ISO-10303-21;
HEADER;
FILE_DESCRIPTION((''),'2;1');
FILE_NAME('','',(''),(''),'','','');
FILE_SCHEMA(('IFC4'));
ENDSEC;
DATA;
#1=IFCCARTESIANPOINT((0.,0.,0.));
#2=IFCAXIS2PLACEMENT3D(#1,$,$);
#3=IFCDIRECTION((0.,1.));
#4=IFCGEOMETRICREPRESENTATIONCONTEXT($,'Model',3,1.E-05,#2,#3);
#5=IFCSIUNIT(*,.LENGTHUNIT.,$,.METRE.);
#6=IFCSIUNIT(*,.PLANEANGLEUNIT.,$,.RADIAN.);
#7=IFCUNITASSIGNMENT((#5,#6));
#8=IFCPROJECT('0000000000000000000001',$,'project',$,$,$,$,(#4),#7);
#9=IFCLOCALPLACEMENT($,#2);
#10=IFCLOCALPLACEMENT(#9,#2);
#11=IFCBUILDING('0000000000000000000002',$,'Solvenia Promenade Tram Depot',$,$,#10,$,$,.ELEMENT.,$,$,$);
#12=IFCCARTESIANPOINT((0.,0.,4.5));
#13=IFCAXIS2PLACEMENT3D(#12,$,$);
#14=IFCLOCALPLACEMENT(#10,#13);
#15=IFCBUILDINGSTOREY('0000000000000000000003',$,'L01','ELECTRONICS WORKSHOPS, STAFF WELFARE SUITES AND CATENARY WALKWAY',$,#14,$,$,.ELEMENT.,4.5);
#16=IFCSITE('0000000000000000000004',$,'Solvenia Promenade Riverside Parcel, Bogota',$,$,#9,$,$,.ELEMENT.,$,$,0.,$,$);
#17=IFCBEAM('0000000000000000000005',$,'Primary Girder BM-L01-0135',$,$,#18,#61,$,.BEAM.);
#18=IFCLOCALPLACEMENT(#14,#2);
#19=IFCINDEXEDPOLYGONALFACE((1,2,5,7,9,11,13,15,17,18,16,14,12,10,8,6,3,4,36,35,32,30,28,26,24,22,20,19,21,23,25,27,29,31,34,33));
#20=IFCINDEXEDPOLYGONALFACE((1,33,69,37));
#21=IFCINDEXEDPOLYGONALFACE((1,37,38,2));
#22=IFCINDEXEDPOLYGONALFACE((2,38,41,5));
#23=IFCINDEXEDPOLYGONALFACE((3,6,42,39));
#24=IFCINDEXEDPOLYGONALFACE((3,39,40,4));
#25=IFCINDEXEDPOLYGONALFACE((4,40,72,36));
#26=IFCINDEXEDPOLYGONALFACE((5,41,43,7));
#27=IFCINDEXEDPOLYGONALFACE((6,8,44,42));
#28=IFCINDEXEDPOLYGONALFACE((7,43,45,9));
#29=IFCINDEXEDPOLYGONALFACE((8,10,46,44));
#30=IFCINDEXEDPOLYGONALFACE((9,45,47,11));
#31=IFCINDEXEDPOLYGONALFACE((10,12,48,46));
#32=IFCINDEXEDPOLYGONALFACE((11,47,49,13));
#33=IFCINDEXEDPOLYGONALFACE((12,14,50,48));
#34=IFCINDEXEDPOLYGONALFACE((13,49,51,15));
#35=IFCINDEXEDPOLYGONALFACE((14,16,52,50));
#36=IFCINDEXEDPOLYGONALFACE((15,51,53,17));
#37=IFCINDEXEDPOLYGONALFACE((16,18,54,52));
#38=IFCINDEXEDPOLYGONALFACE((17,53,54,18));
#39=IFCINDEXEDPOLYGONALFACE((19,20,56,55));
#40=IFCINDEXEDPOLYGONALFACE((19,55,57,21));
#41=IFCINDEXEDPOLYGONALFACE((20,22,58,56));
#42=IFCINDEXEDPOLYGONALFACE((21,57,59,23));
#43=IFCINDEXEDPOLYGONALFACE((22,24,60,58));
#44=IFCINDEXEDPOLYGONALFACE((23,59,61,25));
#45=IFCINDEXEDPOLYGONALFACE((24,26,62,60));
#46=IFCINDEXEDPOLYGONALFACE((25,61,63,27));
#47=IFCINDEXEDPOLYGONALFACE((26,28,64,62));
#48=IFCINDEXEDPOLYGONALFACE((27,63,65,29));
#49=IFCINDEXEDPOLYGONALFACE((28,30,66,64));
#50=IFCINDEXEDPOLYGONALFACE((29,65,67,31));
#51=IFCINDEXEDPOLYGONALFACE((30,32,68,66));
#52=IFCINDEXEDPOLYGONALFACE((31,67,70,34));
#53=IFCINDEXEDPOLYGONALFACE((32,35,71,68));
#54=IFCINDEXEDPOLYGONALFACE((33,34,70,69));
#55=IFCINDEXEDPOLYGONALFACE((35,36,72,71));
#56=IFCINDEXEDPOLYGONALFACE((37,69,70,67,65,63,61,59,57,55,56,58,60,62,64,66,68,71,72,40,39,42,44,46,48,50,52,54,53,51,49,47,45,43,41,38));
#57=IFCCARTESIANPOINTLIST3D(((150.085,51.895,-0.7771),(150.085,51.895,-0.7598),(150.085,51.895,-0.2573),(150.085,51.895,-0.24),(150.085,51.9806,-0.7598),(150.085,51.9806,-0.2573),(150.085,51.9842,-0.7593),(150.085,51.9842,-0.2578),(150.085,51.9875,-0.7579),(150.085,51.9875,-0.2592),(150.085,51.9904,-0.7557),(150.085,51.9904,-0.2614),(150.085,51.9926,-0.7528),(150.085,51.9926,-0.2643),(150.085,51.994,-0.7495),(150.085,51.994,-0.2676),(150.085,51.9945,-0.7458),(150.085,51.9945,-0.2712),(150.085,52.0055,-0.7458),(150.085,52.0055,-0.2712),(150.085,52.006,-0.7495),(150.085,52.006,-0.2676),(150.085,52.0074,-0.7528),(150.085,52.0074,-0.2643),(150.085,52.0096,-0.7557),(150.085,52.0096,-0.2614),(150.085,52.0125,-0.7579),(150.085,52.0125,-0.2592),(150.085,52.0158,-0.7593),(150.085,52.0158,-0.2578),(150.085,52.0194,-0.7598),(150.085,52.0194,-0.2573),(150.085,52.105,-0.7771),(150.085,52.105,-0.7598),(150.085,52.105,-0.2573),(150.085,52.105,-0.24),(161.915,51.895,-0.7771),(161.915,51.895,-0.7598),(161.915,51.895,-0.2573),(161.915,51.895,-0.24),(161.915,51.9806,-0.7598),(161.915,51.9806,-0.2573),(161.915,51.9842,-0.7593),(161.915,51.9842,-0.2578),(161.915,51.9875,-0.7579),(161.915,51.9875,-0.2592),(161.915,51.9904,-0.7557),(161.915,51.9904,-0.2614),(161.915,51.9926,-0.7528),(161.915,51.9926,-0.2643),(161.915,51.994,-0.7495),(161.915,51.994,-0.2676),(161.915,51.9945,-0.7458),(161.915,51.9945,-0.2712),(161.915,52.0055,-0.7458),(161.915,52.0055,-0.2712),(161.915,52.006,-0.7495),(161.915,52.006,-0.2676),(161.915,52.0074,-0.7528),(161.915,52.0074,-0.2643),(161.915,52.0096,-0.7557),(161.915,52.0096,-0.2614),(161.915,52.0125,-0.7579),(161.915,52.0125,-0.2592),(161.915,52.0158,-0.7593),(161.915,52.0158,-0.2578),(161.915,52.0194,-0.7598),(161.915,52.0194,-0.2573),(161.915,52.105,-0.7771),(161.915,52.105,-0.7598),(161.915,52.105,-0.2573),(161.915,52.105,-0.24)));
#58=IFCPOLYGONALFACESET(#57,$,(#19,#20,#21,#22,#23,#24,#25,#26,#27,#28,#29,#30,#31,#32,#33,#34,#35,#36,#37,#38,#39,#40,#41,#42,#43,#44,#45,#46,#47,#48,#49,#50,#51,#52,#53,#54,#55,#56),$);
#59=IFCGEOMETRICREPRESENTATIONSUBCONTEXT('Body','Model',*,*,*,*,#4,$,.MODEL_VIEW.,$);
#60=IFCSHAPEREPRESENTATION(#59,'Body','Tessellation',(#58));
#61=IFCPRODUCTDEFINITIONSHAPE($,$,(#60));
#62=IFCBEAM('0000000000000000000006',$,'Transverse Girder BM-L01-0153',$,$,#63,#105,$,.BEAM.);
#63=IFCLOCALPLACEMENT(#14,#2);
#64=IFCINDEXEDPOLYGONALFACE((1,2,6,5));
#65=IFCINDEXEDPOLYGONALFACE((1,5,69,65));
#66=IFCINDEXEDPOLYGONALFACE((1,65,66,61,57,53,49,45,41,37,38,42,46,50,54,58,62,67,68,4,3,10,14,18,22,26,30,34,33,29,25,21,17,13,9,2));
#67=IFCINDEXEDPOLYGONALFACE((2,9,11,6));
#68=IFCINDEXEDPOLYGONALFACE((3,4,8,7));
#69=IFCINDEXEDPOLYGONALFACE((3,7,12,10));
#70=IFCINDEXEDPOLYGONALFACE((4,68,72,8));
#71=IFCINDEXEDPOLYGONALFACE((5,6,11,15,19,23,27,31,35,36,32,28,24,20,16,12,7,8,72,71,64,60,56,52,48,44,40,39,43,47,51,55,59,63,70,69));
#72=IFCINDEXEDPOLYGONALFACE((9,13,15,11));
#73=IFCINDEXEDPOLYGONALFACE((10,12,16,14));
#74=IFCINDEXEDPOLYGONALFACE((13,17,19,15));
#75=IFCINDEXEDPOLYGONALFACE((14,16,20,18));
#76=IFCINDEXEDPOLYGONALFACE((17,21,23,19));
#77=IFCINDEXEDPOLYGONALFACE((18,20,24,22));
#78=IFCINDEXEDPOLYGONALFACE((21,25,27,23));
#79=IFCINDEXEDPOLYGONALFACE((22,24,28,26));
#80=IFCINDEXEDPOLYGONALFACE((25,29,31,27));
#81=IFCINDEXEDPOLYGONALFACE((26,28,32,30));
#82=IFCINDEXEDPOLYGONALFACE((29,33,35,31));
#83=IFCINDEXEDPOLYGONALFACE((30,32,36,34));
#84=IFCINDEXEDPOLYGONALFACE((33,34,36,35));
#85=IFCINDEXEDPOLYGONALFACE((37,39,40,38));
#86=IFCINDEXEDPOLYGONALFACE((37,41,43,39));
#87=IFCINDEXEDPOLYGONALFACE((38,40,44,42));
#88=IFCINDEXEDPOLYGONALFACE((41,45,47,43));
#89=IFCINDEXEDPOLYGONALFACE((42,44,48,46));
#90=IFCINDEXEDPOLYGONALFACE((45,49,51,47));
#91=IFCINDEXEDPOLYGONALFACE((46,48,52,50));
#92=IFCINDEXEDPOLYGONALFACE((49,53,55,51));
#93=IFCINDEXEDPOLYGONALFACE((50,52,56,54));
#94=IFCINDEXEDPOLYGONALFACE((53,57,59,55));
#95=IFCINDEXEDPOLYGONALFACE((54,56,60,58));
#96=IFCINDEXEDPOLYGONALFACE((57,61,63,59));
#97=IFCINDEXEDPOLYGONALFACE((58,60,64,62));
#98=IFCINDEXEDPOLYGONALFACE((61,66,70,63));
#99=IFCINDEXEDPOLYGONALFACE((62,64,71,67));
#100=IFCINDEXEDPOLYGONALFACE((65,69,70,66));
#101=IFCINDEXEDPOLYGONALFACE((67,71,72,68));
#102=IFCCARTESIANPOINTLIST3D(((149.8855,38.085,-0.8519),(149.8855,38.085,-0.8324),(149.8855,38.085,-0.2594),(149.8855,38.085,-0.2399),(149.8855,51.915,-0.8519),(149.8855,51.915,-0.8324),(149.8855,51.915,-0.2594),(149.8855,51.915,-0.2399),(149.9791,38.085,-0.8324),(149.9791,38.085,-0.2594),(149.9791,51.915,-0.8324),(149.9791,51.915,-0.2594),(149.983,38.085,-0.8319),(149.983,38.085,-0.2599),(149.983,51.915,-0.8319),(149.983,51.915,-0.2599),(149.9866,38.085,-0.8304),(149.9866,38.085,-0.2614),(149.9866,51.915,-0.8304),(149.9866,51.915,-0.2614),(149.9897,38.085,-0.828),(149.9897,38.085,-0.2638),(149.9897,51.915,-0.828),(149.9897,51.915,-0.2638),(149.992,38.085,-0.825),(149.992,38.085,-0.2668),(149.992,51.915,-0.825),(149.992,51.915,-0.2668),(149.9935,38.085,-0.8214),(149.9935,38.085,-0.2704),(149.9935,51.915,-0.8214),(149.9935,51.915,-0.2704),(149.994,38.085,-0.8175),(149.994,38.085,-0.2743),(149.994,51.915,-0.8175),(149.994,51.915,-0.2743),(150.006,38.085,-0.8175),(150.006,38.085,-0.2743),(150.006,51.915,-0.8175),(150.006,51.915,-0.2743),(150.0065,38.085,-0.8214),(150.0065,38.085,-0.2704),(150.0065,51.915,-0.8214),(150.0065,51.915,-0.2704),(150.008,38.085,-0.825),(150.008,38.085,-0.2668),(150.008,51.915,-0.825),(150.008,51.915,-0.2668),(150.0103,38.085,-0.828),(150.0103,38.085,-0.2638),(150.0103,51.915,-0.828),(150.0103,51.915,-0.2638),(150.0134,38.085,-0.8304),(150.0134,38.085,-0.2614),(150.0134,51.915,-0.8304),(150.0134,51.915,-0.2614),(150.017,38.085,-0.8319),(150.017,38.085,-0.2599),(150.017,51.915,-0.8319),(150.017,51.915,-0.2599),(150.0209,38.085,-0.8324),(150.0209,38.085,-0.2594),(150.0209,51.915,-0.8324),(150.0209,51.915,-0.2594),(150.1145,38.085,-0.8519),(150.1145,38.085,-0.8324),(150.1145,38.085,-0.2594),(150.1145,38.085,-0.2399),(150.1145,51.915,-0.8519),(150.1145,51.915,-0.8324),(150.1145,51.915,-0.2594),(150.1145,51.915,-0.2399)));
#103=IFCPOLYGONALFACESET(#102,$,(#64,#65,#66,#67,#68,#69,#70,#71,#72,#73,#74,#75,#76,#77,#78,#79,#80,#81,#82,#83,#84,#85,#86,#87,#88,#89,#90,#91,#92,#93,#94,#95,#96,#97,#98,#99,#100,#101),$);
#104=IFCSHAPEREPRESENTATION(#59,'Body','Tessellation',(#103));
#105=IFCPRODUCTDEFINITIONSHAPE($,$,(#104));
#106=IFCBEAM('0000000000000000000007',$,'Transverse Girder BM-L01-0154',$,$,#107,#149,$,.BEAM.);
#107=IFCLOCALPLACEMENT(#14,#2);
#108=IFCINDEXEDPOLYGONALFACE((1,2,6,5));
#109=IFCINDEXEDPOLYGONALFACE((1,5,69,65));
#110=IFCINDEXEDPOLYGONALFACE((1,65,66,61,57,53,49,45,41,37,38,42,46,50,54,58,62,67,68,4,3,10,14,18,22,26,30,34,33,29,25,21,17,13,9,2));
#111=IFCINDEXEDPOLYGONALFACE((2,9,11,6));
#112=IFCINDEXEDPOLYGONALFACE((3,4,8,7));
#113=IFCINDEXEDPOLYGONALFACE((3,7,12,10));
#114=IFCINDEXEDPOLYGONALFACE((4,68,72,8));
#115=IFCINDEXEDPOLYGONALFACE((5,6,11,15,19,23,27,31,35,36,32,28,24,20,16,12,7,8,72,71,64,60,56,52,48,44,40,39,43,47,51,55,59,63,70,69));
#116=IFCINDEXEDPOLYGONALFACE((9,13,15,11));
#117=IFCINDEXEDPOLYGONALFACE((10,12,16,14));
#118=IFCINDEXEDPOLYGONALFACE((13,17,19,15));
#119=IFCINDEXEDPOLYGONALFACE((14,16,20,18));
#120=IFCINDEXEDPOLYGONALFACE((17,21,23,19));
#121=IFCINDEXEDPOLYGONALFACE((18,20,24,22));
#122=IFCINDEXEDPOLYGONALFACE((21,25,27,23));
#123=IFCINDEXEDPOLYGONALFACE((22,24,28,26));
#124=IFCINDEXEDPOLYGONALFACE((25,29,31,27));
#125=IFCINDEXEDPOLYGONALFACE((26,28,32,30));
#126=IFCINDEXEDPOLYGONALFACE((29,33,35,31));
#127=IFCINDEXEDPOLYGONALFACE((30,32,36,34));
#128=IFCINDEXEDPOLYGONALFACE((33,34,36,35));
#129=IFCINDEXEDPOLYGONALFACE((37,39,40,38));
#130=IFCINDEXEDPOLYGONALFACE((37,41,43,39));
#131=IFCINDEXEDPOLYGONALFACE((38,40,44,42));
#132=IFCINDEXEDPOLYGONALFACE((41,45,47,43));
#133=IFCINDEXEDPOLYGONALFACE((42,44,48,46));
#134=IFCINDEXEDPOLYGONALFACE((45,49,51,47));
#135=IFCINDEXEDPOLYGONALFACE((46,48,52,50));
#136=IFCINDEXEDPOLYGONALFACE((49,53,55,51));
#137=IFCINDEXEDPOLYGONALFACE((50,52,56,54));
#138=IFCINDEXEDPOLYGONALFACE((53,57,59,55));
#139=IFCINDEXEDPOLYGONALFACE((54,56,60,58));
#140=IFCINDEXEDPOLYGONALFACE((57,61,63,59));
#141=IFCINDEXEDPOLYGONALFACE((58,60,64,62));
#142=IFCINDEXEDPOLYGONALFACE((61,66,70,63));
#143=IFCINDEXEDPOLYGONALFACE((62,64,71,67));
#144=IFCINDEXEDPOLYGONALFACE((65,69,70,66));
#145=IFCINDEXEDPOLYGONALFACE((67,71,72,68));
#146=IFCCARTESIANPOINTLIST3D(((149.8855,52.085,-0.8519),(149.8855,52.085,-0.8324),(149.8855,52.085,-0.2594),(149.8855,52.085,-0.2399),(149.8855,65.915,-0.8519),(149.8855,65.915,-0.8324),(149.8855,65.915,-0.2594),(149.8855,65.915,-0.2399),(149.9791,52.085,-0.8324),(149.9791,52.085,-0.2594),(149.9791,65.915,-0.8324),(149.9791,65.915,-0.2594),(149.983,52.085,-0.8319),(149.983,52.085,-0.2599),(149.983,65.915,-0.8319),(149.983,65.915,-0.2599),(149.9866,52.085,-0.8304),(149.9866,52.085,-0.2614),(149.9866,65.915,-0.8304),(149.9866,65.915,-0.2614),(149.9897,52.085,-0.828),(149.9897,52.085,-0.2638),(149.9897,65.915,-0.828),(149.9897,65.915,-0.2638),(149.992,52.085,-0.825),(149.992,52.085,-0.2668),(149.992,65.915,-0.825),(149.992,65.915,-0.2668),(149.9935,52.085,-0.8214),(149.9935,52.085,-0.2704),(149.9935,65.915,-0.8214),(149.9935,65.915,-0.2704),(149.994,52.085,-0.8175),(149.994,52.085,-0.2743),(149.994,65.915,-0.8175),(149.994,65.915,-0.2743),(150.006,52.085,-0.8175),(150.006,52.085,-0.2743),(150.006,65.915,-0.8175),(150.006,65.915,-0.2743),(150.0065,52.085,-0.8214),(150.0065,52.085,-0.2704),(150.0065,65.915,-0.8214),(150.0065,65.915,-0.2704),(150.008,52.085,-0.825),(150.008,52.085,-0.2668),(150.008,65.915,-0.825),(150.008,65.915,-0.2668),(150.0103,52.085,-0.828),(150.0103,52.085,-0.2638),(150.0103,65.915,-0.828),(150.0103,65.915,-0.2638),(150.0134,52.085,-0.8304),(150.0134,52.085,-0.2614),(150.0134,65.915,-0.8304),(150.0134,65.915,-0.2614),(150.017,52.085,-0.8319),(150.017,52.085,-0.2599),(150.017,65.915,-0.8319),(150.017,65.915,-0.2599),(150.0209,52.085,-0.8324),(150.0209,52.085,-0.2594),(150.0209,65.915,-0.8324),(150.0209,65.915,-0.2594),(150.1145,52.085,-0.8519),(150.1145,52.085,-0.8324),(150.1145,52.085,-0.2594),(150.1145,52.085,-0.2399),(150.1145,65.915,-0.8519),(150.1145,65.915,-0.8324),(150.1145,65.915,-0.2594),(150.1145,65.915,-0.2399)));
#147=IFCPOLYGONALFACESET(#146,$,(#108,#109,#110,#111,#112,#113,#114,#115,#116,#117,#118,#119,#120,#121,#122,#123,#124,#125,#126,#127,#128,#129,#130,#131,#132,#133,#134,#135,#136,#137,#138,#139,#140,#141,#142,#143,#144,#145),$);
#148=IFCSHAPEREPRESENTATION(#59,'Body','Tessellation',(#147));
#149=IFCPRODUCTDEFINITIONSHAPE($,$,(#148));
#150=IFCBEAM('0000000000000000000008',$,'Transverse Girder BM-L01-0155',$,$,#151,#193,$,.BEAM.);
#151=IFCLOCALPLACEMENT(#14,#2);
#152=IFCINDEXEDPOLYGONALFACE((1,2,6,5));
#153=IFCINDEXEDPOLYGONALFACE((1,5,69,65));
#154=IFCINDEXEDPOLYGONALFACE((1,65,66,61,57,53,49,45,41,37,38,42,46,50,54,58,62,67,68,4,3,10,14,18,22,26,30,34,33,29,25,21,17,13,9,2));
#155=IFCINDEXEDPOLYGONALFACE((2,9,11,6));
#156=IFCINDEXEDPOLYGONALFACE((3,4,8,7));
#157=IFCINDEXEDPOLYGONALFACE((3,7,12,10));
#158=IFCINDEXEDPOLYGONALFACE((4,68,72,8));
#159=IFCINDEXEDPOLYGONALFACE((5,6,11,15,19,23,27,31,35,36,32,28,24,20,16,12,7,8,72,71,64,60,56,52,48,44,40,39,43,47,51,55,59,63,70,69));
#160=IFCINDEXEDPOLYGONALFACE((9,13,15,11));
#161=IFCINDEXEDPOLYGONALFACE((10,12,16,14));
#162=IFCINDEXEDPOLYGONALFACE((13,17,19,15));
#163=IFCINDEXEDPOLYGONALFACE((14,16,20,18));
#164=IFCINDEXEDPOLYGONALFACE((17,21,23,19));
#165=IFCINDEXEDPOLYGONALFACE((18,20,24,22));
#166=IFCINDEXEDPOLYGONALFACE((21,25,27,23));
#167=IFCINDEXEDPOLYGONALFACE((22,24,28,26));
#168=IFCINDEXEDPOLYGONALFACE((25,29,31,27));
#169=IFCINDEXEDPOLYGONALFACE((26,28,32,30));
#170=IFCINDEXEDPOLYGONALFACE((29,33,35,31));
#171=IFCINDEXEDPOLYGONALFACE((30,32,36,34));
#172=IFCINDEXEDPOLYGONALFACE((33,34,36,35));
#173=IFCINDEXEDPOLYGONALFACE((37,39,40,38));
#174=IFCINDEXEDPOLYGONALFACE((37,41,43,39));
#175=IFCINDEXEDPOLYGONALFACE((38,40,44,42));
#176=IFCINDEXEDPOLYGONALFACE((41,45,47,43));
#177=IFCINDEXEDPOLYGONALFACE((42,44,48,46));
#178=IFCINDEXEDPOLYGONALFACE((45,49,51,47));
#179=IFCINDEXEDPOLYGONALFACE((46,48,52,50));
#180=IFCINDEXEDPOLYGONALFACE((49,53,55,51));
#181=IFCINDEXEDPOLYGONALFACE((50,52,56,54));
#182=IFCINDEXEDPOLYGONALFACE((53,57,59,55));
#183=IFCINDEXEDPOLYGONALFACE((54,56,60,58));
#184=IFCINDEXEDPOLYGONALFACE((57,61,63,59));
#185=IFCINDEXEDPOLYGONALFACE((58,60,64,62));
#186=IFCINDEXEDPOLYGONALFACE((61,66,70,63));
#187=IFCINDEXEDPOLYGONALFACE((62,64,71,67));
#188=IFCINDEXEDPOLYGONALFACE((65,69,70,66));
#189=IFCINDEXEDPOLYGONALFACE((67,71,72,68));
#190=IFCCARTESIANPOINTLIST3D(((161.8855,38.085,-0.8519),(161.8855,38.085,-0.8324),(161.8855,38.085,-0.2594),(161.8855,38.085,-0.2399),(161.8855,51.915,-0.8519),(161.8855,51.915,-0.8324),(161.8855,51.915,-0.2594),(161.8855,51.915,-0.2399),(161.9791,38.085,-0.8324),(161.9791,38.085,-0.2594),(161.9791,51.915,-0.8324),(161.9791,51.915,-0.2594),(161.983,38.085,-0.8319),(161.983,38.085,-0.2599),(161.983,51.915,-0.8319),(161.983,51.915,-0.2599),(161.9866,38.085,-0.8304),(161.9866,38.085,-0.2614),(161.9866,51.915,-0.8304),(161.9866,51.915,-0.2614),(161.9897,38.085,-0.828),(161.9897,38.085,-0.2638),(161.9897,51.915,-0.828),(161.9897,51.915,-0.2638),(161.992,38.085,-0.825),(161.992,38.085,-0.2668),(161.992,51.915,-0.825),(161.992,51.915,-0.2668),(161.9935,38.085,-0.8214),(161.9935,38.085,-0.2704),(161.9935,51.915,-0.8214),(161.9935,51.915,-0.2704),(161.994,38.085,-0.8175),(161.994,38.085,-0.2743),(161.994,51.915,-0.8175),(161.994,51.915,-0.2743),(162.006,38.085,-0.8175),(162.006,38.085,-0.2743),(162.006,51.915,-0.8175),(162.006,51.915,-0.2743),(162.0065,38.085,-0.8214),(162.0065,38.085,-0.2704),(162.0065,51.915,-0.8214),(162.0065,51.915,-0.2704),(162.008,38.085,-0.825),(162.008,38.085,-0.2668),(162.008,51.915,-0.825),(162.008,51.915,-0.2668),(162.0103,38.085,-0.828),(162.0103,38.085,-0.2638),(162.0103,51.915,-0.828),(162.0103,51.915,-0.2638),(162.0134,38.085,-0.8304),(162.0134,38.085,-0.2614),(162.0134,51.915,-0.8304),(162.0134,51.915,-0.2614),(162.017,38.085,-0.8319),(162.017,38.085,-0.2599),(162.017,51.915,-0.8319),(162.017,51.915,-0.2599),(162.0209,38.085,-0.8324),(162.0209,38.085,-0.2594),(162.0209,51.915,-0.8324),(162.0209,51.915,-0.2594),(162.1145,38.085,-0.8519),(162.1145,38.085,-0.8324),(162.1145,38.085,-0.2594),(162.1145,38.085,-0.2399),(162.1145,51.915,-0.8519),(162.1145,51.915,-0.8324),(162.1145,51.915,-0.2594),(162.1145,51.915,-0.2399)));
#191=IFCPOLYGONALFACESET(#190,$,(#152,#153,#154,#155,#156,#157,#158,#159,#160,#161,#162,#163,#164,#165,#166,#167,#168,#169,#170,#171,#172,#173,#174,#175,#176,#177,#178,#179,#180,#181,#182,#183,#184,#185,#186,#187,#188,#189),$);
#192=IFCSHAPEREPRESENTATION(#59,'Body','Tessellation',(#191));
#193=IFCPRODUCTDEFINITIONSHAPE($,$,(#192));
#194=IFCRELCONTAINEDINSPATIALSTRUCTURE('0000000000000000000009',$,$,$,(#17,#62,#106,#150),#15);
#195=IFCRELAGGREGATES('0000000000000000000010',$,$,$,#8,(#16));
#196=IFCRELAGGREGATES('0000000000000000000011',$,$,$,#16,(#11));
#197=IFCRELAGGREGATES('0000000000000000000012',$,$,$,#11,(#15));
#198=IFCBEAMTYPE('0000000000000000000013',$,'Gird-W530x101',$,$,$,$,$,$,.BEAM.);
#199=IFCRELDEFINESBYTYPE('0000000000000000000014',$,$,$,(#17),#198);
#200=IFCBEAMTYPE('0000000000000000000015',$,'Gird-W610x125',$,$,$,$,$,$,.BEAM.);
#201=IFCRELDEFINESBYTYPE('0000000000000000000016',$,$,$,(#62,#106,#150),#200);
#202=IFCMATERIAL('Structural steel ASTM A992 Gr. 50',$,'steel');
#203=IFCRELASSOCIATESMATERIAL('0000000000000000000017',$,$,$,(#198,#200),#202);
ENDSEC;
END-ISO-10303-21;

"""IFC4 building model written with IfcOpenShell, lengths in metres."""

from ifc_helpers import new_model, si_unit, direction, frame, origin, origin_2d, place, context, subcontext, project, spatial, i_section, extrude, material, material_profile, profile_set, type_object, element, save


model = new_model("IFC4")

# Units and contexts
model_context = context("Model", 3, precision=1e-05, world=origin(), true_north=direction((0.0, 1.0)))
body_context = subcontext(model_context, "Body", "Model", "MODEL_VIEW")
ifc_project = project(units=[si_unit("LENGTHUNIT", "METRE"), si_unit("PLANEANGLEUNIT", "RADIAN")], contexts=[model_context])

# Site, building, storey
site_placement = place(None, origin())
site = spatial("IfcSite", under=ifc_project, at=site_placement, Name="Solvenia Promenade Riverside Parcel, Bogota", CompositionType="ELEMENT", RefElevation=0.0)
building_placement = place(site_placement, origin())
building = spatial("IfcBuilding", under=site, at=building_placement, Name="Solvenia Promenade Tram Depot", CompositionType="ELEMENT")
storey_placement = place(building_placement, frame((0.0, 0.0, 4.5)))
storey = spatial("IfcBuildingStorey", under=building, at=storey_placement, Name="L01", Description="ELECTRONICS WORKSHOPS, STAFF WELFARE SUITES AND CATENARY WALKWAY", CompositionType="ELEMENT", Elevation=4.5)

# Shared definitions
ifc_material_1 = material(Name="Structural steel ASTM A992 Gr. 50", Category="steel")

# Beams
ifc_material_profile_1 = material_profile(ifc_material_1, i_section(OverallWidth=0.21, OverallDepth=0.5371, WebThickness=0.011, FlangeThickness=0.0173, FilletRadius=0.0139, at=origin_2d()), Name="W530x101", Category="steel")
ifc_profile_set_1 = profile_set([ifc_material_profile_1], Name="Structural steel ASTM A992 Gr. 50")
beam_type_1 = type_object("IfcBeamType", Name="Gird-W530x101", PredefinedType="BEAM", material=ifc_profile_set_1)
beam_1_placement = place(storey_placement, frame((150.085, 52.0, -0.5085), z_axis=(1.0, 0.0, 0.0), x_axis=(0.0, 1.0, 0.0)))
element("IfcBeam", 1, at=beam_1_placement, inside=storey, type_object=beam_type_1, Name="Primary Girder BM-L01-0135", PredefinedType="BEAM", context=body_context, shape_type="SweptSolid", body=[
    extrude(i_section(OverallWidth=0.21, OverallDepth=0.5371, WebThickness=0.011, FlangeThickness=0.0173, FilletRadius=0.0139, at=origin_2d()), origin(), (0.0, 0.0, 1.0), 11.8301),
])
ifc_material_profile_2 = material_profile(ifc_material_1, i_section(OverallWidth=0.229, OverallDepth=0.6121, WebThickness=0.012, FlangeThickness=0.0195, FilletRadius=0.0149, at=origin_2d()), Name="W610x125", Category="steel")
ifc_profile_set_2 = profile_set([ifc_material_profile_2], Name="Structural steel ASTM A992 Gr. 50")
beam_type_2 = type_object("IfcBeamType", Name="Gird-W610x125", PredefinedType="BEAM", material=ifc_profile_set_2)
for number, where, z_axis, x_axis, name in (
    (2, (150.0, 38.085, -0.5459), (0.0, 1.0, 0.0), (-1.0, 0.0, 0.0), "Transverse Girder BM-L01-0153"),
    (3, (150.0, 52.085, -0.5459), (0.0, 1.0, 0.0), (-1.0, 0.0, 0.0), "Transverse Girder BM-L01-0154"),
    (4, (162.0, 38.085, -0.5459), (0.0, 1.0, 0.0), (-1.0, 0.0, 0.0), "Transverse Girder BM-L01-0155"),
):
    element("IfcBeam", number, at=place(storey_placement, frame(where, z_axis=z_axis, x_axis=x_axis)), inside=storey, type_object=beam_type_2, Name=name, PredefinedType="BEAM", context=body_context, shape_type="SweptSolid", body=[
        extrude(i_section(OverallWidth=0.229, OverallDepth=0.6121, WebThickness=0.012, FlangeThickness=0.0195, FilletRadius=0.0149, at=origin_2d()), origin(), (0.0, 0.0, 1.0), 13.8301),
    ])

save(model, "model.ifc")
